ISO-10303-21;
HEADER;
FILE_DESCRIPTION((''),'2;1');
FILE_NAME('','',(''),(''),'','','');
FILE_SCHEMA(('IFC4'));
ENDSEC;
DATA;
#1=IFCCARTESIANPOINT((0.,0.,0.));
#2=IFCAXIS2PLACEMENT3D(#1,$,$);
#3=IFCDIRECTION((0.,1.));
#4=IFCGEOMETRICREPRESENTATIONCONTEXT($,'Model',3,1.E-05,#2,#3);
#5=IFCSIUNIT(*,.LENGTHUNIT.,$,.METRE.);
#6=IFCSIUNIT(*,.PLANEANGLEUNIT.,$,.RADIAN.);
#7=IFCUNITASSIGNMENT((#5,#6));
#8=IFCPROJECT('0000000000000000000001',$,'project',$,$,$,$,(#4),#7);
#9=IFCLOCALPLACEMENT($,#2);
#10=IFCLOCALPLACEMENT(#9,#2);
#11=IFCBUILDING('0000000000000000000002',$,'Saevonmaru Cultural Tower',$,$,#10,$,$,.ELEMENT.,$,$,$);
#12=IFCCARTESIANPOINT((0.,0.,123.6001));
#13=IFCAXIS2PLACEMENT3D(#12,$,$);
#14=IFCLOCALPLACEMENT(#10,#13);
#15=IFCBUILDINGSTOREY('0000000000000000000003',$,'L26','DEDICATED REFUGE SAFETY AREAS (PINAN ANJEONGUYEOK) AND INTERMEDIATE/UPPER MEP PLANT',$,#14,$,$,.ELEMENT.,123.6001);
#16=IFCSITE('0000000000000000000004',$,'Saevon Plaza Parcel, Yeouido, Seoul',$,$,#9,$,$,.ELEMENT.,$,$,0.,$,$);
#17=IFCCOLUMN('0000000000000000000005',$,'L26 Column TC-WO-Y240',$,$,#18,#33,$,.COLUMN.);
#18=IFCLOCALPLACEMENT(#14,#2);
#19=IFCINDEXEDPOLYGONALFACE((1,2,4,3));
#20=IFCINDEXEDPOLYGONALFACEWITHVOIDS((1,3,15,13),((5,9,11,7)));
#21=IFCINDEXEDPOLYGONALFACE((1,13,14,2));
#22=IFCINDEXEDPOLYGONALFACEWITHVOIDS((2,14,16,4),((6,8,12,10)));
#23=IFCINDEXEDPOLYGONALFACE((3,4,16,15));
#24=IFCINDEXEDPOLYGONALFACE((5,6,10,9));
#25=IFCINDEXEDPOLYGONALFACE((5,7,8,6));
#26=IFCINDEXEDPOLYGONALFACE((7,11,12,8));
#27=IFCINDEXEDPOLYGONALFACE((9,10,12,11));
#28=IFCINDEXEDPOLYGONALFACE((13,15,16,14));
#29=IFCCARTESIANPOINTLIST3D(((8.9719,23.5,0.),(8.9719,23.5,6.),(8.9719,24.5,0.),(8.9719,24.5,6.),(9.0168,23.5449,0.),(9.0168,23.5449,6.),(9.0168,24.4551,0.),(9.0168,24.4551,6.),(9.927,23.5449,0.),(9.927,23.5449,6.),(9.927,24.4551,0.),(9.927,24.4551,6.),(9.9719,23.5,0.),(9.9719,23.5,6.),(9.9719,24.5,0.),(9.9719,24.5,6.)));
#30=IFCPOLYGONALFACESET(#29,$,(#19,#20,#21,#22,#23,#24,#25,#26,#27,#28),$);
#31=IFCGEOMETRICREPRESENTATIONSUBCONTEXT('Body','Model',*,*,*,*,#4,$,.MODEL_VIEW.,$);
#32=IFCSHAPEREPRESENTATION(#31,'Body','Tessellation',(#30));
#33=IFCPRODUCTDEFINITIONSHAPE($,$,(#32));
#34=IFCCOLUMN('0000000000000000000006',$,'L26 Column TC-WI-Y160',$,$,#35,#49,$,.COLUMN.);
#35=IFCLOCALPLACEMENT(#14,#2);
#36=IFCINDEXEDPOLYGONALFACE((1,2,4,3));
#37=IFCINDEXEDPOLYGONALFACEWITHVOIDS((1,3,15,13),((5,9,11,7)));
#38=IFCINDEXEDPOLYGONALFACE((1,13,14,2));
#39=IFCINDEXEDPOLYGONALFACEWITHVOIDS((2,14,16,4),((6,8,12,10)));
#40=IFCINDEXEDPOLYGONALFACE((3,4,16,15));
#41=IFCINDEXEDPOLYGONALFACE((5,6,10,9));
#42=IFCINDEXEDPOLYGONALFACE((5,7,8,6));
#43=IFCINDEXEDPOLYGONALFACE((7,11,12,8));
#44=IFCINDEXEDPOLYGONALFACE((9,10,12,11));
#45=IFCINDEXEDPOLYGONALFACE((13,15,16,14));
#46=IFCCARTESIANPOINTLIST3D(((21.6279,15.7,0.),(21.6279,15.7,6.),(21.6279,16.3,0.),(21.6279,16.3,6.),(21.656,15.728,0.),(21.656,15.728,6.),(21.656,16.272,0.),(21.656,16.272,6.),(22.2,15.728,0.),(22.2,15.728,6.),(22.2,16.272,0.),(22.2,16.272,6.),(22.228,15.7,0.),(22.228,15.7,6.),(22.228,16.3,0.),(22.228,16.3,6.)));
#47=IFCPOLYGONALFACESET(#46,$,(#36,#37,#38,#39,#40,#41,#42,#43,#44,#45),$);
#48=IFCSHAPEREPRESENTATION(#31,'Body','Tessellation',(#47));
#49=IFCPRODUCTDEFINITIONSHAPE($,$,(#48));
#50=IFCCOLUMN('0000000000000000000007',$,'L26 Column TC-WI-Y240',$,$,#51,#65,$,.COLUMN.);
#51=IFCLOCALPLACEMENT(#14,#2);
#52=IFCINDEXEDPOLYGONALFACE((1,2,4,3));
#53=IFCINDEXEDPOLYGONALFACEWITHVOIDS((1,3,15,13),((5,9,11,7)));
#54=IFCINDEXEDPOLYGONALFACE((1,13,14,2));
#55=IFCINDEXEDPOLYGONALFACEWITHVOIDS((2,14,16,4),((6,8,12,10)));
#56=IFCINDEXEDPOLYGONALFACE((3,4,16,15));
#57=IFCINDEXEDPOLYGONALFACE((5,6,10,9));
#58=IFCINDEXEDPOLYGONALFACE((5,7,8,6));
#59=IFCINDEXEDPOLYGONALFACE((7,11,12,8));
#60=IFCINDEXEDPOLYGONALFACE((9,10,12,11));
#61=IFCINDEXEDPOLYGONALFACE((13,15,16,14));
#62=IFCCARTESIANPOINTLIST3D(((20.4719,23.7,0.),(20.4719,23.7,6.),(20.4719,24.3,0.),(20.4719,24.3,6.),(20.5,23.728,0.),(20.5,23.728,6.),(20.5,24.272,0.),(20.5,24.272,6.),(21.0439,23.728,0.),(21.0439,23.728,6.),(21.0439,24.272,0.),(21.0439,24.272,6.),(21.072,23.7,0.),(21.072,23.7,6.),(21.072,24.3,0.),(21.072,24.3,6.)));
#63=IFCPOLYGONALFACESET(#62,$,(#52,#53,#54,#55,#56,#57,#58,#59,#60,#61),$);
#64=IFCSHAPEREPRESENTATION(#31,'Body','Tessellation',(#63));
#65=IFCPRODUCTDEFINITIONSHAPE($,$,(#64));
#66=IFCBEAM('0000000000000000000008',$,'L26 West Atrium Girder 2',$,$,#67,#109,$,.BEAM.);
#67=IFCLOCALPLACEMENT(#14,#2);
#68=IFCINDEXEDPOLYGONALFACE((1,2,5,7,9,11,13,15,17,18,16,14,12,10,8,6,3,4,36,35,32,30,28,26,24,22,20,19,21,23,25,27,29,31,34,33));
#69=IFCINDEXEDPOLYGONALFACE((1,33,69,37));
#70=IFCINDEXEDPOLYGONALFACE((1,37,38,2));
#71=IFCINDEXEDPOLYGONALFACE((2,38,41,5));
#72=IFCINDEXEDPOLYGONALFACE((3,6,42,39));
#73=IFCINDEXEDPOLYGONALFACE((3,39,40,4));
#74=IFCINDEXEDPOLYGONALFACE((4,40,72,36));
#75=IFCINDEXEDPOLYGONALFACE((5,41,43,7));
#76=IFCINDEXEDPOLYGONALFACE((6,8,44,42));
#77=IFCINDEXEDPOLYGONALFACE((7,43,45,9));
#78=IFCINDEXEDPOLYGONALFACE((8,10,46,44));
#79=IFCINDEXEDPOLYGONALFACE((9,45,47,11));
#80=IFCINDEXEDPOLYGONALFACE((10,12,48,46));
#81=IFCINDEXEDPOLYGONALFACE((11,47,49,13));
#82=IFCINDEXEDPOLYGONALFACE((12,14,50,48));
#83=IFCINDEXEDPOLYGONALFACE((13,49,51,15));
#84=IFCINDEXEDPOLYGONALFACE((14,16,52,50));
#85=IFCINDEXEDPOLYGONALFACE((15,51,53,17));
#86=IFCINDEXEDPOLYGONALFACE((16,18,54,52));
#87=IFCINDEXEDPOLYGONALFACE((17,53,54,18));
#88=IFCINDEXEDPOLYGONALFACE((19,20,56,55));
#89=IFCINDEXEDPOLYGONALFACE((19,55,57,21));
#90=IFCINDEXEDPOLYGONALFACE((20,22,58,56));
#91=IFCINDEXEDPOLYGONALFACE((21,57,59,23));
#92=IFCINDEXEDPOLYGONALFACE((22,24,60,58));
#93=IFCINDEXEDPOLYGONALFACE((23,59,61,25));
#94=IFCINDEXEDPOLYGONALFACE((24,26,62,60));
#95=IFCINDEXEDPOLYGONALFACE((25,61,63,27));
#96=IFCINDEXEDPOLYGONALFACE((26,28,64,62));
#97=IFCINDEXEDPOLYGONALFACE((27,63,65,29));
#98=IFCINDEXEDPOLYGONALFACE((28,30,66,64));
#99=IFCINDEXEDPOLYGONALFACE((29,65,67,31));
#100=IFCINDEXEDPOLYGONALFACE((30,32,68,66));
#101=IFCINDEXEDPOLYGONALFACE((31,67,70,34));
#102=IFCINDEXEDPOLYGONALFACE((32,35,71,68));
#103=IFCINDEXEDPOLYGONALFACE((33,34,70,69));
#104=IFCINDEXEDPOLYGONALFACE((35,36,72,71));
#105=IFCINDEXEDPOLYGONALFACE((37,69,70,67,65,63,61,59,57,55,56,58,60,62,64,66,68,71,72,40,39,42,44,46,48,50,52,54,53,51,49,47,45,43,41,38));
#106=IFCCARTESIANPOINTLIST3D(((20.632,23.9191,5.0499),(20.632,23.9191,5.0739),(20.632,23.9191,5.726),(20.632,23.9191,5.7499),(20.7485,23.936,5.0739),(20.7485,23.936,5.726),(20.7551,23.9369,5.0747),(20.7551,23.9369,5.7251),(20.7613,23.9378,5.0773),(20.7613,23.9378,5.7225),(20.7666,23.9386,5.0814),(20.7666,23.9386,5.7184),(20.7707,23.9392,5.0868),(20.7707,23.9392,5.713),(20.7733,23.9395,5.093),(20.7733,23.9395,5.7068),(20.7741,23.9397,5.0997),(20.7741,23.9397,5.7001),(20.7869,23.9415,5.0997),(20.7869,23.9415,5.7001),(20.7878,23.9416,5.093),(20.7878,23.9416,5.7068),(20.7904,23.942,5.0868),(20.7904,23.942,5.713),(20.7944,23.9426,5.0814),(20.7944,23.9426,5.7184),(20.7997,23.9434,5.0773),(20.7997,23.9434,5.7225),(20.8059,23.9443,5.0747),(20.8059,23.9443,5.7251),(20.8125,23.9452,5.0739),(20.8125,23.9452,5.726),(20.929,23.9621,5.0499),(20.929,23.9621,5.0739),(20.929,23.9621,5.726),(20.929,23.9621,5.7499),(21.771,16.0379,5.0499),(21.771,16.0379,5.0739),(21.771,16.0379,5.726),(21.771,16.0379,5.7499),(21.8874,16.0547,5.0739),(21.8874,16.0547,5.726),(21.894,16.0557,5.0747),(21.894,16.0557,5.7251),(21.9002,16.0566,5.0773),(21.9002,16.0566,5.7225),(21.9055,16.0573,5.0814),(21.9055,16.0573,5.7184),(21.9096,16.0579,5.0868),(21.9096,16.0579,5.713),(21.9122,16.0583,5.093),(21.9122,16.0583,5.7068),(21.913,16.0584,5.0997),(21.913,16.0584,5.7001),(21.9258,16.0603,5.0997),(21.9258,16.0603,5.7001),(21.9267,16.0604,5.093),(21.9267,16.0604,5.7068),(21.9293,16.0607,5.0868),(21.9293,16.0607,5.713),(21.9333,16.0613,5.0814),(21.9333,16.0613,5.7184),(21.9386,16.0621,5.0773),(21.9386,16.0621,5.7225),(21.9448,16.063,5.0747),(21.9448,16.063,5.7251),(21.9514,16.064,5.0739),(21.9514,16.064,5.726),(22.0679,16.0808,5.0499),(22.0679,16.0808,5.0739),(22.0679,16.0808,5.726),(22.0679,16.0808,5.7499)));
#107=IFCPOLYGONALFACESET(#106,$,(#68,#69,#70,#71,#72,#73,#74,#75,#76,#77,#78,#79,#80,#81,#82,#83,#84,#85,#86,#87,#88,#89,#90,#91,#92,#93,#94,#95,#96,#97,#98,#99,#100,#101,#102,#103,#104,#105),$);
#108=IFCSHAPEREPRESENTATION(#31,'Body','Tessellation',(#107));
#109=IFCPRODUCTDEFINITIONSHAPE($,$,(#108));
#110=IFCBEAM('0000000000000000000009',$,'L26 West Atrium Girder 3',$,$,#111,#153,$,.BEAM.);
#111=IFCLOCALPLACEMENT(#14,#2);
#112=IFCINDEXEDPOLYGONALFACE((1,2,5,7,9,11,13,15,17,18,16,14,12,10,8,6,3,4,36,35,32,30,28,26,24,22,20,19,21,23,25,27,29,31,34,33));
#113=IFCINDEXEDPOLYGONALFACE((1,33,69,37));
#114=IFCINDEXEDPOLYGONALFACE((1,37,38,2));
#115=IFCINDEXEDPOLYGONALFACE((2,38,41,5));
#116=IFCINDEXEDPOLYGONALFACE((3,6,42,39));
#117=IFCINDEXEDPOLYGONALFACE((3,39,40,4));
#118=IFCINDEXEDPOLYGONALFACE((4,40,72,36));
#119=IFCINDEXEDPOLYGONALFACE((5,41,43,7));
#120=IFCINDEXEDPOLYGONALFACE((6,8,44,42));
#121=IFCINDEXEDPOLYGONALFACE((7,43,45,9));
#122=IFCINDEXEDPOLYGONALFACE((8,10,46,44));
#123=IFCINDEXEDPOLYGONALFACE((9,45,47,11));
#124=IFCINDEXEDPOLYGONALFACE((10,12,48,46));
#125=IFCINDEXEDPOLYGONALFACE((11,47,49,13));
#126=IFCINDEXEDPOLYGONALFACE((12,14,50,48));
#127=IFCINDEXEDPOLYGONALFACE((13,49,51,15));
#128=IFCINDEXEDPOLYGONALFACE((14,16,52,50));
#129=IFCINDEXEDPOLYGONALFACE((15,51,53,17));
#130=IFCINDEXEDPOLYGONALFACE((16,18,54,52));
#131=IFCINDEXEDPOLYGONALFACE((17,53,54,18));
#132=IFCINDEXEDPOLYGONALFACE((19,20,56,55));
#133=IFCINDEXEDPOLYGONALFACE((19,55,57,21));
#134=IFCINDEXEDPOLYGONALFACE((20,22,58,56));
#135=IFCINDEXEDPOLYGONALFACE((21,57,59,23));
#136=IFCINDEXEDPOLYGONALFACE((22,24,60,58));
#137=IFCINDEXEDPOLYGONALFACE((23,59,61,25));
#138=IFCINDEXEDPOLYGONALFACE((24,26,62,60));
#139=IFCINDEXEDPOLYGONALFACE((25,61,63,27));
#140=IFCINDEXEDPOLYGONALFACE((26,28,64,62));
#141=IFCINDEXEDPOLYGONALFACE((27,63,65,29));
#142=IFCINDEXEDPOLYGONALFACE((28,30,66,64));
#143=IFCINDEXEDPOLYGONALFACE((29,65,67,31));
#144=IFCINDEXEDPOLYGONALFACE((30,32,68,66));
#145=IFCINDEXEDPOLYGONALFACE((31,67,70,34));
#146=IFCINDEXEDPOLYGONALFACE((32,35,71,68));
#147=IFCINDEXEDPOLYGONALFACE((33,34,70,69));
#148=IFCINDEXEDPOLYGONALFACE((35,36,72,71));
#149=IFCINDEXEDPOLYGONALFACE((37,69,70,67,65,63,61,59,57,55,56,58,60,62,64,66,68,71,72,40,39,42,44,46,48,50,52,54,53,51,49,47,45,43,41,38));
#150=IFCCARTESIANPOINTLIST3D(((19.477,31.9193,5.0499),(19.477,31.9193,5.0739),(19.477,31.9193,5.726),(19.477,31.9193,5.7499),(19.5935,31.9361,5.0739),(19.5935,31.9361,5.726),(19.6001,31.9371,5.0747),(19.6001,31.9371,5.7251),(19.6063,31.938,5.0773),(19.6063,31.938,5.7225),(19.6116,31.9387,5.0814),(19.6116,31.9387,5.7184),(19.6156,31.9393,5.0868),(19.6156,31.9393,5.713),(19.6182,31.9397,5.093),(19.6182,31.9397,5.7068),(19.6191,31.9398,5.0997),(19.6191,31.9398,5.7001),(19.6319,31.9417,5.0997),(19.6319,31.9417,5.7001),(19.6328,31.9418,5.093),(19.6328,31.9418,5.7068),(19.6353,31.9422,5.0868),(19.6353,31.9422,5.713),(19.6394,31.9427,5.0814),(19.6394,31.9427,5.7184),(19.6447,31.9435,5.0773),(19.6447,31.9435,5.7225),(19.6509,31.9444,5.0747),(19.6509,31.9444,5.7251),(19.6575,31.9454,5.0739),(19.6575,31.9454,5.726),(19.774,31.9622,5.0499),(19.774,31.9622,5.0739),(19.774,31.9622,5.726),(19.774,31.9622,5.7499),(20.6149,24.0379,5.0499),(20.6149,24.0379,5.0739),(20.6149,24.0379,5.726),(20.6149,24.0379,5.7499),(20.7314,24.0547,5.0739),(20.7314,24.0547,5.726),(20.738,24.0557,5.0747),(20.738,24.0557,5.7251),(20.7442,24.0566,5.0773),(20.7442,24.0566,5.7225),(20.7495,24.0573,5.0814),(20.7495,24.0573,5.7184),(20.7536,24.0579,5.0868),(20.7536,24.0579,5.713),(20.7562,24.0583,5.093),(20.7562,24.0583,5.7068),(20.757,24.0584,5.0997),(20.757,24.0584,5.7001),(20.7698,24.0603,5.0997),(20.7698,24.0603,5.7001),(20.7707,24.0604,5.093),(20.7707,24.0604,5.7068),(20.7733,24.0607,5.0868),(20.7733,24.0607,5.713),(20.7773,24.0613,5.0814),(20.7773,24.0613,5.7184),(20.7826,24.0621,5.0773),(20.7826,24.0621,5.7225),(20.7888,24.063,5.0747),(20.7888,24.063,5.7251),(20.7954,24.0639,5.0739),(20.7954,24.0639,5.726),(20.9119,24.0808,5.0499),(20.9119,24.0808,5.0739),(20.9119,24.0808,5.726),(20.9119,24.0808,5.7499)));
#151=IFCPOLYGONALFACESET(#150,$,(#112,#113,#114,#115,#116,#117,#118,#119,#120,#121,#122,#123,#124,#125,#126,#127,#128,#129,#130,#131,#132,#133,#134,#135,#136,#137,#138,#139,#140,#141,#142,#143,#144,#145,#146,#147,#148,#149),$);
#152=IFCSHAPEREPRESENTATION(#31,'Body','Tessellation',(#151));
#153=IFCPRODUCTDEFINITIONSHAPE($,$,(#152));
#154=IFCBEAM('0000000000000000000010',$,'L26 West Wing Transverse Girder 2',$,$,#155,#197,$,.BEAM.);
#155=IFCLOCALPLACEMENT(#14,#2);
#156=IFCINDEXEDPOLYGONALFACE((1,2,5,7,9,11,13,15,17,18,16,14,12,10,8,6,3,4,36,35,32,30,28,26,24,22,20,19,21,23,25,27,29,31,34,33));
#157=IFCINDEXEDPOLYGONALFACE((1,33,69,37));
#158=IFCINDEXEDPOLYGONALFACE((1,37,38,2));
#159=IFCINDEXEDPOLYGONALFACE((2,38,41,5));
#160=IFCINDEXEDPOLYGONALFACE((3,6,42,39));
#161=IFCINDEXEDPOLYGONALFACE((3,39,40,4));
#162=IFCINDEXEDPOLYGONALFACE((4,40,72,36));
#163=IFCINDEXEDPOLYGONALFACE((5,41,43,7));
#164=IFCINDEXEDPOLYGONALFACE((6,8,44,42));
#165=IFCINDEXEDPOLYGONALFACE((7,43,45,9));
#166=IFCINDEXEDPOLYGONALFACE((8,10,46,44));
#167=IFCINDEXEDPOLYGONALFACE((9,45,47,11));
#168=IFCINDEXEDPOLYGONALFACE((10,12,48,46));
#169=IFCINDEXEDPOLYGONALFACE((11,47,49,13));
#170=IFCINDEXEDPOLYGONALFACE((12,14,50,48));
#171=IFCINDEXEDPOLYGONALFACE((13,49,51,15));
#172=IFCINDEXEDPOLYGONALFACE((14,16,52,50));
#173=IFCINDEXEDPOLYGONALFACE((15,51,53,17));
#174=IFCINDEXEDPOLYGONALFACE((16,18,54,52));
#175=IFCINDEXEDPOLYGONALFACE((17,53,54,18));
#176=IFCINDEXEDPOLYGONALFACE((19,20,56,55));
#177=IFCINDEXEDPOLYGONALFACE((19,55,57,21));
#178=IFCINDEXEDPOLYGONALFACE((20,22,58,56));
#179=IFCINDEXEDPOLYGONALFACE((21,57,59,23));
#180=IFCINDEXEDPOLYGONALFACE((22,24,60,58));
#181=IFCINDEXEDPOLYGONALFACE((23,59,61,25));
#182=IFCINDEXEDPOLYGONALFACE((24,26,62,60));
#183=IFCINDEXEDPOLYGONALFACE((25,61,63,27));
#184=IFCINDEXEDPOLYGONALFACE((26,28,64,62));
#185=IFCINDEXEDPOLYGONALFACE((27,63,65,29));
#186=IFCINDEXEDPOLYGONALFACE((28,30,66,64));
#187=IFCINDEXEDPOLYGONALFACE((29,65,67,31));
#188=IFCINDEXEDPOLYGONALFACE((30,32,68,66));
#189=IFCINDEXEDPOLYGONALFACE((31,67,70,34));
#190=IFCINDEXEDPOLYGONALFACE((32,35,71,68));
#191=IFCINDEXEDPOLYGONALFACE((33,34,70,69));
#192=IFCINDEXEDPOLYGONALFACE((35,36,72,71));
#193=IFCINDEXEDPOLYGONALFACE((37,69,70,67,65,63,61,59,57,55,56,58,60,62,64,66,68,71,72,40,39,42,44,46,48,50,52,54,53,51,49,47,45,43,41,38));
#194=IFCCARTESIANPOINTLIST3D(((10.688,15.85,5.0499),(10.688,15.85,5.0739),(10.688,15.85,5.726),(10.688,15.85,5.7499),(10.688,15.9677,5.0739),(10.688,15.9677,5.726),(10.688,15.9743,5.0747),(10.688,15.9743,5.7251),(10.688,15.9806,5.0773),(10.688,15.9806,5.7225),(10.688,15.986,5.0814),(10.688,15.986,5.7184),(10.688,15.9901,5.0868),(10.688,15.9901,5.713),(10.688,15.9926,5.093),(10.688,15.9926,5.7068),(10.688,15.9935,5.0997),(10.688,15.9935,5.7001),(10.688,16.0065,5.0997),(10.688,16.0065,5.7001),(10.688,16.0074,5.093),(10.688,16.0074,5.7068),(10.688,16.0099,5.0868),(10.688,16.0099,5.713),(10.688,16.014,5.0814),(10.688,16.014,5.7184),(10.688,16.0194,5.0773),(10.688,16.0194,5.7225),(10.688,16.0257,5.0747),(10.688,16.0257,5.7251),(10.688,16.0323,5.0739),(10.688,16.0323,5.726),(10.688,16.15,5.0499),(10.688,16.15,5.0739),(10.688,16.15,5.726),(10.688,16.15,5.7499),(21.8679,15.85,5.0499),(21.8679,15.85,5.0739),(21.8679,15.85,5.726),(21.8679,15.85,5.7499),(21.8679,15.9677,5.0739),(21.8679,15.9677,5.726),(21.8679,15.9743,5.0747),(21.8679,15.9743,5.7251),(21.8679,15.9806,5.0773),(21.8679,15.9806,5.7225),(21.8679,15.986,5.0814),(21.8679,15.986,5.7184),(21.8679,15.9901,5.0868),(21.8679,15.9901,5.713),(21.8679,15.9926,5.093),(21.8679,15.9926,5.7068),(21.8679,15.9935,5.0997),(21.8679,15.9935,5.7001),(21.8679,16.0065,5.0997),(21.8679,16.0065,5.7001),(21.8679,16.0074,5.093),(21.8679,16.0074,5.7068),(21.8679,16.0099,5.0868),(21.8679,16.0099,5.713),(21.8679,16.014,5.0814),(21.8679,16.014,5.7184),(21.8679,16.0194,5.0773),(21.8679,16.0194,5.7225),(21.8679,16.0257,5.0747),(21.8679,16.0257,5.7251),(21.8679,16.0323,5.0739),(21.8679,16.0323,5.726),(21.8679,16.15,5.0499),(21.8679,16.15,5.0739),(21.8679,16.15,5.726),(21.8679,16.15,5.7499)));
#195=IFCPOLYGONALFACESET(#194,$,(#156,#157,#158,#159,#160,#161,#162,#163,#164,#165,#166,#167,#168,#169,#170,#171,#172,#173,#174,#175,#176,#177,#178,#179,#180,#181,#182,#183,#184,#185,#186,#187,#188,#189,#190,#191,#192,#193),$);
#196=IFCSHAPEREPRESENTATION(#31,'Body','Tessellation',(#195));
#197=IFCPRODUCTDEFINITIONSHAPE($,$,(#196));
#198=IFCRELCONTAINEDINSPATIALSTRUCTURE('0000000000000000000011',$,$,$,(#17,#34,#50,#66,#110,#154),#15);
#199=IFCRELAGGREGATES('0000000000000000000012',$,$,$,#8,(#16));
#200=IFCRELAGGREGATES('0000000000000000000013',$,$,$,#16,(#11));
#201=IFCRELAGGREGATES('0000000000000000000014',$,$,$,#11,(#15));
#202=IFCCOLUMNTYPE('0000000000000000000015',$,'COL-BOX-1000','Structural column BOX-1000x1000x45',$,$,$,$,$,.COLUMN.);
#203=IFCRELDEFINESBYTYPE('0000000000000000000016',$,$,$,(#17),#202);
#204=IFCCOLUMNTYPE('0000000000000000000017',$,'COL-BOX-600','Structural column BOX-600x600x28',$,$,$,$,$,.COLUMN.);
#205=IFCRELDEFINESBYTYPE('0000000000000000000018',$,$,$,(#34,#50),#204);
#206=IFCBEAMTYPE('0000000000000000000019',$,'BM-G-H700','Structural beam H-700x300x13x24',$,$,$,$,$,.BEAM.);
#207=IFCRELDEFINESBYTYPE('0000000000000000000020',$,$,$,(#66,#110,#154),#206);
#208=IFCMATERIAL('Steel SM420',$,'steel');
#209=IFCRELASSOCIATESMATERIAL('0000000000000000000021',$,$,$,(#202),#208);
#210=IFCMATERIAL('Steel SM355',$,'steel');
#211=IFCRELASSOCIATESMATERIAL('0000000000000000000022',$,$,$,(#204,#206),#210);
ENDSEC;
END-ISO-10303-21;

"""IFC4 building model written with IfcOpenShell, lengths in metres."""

from ifc_helpers import new_model, si_unit, direction, frame, origin, origin_2d, place, context, subcontext, project, spatial, hollow_rectangle, i_section, extrude, material, material_profile, profile_set, type_object, element, save


model = new_model("IFC4")

# Units and contexts
model_context = context("Model", 3, precision=1e-05, world=origin(), true_north=direction((0.0, 1.0)))
body_context = subcontext(model_context, "Body", "Model", "MODEL_VIEW")
ifc_project = project(units=[si_unit("LENGTHUNIT", "METRE"), si_unit("PLANEANGLEUNIT", "RADIAN")], contexts=[model_context])

# Site, building, storey
site_placement = place(None, origin())
site = spatial("IfcSite", under=ifc_project, at=site_placement, Name="Saevon Plaza Parcel, Yeouido, Seoul", CompositionType="ELEMENT", RefElevation=0.0)
building_placement = place(site_placement, origin())
building = spatial("IfcBuilding", under=site, at=building_placement, Name="Saevonmaru Cultural Tower", CompositionType="ELEMENT")
storey_placement = place(building_placement, frame((0.0, 0.0, 123.6001)))
storey = spatial("IfcBuildingStorey", under=building, at=storey_placement, Name="L26", Description="DEDICATED REFUGE SAFETY AREAS (PINAN ANJEONGUYEOK) AND INTERMEDIATE/UPPER MEP PLANT", CompositionType="ELEMENT", Elevation=123.6001)

# Columns
ifc_material_1 = material(Name="Steel SM420", Category="steel")
ifc_material_profile_1 = material_profile(ifc_material_1, hollow_rectangle(XDim=1.0, YDim=1.0, WallThickness=0.0449, at=origin_2d()), Name="BOX-1000x1000x45")
ifc_profile_set_1 = profile_set([ifc_material_profile_1], Name="Steel SM420")
column_type_1 = type_object("IfcColumnType", Name="COL-BOX-1000", Description="Structural column BOX-1000x1000x45", PredefinedType="COLUMN", material=ifc_profile_set_1)
column_placement = place(storey_placement, frame((9.4719, 24.0, 0.0), z_axis=(0.0, 0.0, 1.0), x_axis=(1.0, 0.0, 0.0)))
element("IfcColumn", 1, at=column_placement, inside=storey, type_object=column_type_1, Name="L26 Column TC-WO-Y240", PredefinedType="COLUMN", context=body_context, shape_type="SweptSolid", body=[
    extrude(hollow_rectangle(XDim=1.0, YDim=1.0, WallThickness=0.0449, at=origin_2d()), origin(), (0.0, 0.0, 1.0), 6.0),
])
ifc_material_2 = material(Name="Steel SM355", Category="steel")
ifc_material_profile_2 = material_profile(ifc_material_2, hollow_rectangle(XDim=0.6001, YDim=0.6001, WallThickness=0.0281, at=origin_2d()), Name="BOX-600x600x28")
ifc_profile_set_2 = profile_set([ifc_material_profile_2], Name="Steel SM355")
column_type_2 = type_object("IfcColumnType", Name="COL-BOX-600", Description="Structural column BOX-600x600x28", PredefinedType="COLUMN", material=ifc_profile_set_2)
for number, where, z_axis, x_axis, name in (
    (2, (21.928, 16.0, 0.0), (0.0, 0.0, 1.0), (1.0, 0.0, 0.0), "L26 Column TC-WI-Y160"),
    (3, (20.772, 24.0, 0.0), (0.0, 0.0, 1.0), (1.0, 0.0, 0.0), "L26 Column TC-WI-Y240"),
):
    element("IfcColumn", number, at=place(storey_placement, frame(where, z_axis=z_axis, x_axis=x_axis)), inside=storey, type_object=column_type_2, Name=name, PredefinedType="COLUMN", context=body_context, shape_type="SweptSolid", body=[
        extrude(hollow_rectangle(XDim=0.6001, YDim=0.6001, WallThickness=0.0281, at=origin_2d()), origin(), (0.0, 0.0, 1.0), 6.0),
    ])

# Beams
ifc_material_profile_3 = material_profile(ifc_material_2, i_section(OverallWidth=0.3, OverallDepth=0.7, WebThickness=0.0129, FlangeThickness=0.0239, FilletRadius=0.0259, at=origin_2d()), Name="H-700x300x13x24")
ifc_profile_set_3 = profile_set([ifc_material_profile_3], Name="Steel SM355")
beam_type_1 = type_object("IfcBeamType", Name="BM-G-H700", Description="Structural beam H-700x300x13x24", PredefinedType="BEAM", material=ifc_profile_set_3)
for number, where, z_axis, x_axis, name in (
    (4, (21.9194, 16.0593, 5.3999), (-0.143022, 0.989719, 0.0), (-0.989719, -0.143022, 0.0), "L26 West Atrium Girder 2"),
    (5, (20.7634, 24.0593, 5.3999), (-0.142902, 0.989737, 0.0), (-0.989737, -0.142902, 0.0), "L26 West Atrium Girder 3"),
):
    element("IfcBeam", number, at=place(storey_placement, frame(where, z_axis=z_axis, x_axis=x_axis)), inside=storey, type_object=beam_type_1, Name=name, PredefinedType="BEAM", context=body_context, shape_type="SweptSolid", body=[
        extrude(i_section(OverallWidth=0.3, OverallDepth=0.7, WebThickness=0.0129, FlangeThickness=0.0239, FilletRadius=0.0259, at=origin_2d()), origin(), (0.0, 0.0, 1.0), 7.9631),
    ])
for number, where, z_axis, x_axis, name in (
    (6, (10.688, 16.0, 5.3999), (1.0, 0.0, 0.0), (0.0, 1.0, 0.0), "L26 West Wing Transverse Girder 2"),
):
    element("IfcBeam", number, at=place(storey_placement, frame(where, z_axis=z_axis, x_axis=x_axis)), inside=storey, type_object=beam_type_1, Name=name, PredefinedType="BEAM", context=body_context, shape_type="SweptSolid", body=[
        extrude(i_section(OverallWidth=0.3, OverallDepth=0.7, WebThickness=0.0129, FlangeThickness=0.0239, FilletRadius=0.0259, at=origin_2d()), origin(), (0.0, 0.0, 1.0), 11.1799),
    ])

save(model, "model.ifc")
